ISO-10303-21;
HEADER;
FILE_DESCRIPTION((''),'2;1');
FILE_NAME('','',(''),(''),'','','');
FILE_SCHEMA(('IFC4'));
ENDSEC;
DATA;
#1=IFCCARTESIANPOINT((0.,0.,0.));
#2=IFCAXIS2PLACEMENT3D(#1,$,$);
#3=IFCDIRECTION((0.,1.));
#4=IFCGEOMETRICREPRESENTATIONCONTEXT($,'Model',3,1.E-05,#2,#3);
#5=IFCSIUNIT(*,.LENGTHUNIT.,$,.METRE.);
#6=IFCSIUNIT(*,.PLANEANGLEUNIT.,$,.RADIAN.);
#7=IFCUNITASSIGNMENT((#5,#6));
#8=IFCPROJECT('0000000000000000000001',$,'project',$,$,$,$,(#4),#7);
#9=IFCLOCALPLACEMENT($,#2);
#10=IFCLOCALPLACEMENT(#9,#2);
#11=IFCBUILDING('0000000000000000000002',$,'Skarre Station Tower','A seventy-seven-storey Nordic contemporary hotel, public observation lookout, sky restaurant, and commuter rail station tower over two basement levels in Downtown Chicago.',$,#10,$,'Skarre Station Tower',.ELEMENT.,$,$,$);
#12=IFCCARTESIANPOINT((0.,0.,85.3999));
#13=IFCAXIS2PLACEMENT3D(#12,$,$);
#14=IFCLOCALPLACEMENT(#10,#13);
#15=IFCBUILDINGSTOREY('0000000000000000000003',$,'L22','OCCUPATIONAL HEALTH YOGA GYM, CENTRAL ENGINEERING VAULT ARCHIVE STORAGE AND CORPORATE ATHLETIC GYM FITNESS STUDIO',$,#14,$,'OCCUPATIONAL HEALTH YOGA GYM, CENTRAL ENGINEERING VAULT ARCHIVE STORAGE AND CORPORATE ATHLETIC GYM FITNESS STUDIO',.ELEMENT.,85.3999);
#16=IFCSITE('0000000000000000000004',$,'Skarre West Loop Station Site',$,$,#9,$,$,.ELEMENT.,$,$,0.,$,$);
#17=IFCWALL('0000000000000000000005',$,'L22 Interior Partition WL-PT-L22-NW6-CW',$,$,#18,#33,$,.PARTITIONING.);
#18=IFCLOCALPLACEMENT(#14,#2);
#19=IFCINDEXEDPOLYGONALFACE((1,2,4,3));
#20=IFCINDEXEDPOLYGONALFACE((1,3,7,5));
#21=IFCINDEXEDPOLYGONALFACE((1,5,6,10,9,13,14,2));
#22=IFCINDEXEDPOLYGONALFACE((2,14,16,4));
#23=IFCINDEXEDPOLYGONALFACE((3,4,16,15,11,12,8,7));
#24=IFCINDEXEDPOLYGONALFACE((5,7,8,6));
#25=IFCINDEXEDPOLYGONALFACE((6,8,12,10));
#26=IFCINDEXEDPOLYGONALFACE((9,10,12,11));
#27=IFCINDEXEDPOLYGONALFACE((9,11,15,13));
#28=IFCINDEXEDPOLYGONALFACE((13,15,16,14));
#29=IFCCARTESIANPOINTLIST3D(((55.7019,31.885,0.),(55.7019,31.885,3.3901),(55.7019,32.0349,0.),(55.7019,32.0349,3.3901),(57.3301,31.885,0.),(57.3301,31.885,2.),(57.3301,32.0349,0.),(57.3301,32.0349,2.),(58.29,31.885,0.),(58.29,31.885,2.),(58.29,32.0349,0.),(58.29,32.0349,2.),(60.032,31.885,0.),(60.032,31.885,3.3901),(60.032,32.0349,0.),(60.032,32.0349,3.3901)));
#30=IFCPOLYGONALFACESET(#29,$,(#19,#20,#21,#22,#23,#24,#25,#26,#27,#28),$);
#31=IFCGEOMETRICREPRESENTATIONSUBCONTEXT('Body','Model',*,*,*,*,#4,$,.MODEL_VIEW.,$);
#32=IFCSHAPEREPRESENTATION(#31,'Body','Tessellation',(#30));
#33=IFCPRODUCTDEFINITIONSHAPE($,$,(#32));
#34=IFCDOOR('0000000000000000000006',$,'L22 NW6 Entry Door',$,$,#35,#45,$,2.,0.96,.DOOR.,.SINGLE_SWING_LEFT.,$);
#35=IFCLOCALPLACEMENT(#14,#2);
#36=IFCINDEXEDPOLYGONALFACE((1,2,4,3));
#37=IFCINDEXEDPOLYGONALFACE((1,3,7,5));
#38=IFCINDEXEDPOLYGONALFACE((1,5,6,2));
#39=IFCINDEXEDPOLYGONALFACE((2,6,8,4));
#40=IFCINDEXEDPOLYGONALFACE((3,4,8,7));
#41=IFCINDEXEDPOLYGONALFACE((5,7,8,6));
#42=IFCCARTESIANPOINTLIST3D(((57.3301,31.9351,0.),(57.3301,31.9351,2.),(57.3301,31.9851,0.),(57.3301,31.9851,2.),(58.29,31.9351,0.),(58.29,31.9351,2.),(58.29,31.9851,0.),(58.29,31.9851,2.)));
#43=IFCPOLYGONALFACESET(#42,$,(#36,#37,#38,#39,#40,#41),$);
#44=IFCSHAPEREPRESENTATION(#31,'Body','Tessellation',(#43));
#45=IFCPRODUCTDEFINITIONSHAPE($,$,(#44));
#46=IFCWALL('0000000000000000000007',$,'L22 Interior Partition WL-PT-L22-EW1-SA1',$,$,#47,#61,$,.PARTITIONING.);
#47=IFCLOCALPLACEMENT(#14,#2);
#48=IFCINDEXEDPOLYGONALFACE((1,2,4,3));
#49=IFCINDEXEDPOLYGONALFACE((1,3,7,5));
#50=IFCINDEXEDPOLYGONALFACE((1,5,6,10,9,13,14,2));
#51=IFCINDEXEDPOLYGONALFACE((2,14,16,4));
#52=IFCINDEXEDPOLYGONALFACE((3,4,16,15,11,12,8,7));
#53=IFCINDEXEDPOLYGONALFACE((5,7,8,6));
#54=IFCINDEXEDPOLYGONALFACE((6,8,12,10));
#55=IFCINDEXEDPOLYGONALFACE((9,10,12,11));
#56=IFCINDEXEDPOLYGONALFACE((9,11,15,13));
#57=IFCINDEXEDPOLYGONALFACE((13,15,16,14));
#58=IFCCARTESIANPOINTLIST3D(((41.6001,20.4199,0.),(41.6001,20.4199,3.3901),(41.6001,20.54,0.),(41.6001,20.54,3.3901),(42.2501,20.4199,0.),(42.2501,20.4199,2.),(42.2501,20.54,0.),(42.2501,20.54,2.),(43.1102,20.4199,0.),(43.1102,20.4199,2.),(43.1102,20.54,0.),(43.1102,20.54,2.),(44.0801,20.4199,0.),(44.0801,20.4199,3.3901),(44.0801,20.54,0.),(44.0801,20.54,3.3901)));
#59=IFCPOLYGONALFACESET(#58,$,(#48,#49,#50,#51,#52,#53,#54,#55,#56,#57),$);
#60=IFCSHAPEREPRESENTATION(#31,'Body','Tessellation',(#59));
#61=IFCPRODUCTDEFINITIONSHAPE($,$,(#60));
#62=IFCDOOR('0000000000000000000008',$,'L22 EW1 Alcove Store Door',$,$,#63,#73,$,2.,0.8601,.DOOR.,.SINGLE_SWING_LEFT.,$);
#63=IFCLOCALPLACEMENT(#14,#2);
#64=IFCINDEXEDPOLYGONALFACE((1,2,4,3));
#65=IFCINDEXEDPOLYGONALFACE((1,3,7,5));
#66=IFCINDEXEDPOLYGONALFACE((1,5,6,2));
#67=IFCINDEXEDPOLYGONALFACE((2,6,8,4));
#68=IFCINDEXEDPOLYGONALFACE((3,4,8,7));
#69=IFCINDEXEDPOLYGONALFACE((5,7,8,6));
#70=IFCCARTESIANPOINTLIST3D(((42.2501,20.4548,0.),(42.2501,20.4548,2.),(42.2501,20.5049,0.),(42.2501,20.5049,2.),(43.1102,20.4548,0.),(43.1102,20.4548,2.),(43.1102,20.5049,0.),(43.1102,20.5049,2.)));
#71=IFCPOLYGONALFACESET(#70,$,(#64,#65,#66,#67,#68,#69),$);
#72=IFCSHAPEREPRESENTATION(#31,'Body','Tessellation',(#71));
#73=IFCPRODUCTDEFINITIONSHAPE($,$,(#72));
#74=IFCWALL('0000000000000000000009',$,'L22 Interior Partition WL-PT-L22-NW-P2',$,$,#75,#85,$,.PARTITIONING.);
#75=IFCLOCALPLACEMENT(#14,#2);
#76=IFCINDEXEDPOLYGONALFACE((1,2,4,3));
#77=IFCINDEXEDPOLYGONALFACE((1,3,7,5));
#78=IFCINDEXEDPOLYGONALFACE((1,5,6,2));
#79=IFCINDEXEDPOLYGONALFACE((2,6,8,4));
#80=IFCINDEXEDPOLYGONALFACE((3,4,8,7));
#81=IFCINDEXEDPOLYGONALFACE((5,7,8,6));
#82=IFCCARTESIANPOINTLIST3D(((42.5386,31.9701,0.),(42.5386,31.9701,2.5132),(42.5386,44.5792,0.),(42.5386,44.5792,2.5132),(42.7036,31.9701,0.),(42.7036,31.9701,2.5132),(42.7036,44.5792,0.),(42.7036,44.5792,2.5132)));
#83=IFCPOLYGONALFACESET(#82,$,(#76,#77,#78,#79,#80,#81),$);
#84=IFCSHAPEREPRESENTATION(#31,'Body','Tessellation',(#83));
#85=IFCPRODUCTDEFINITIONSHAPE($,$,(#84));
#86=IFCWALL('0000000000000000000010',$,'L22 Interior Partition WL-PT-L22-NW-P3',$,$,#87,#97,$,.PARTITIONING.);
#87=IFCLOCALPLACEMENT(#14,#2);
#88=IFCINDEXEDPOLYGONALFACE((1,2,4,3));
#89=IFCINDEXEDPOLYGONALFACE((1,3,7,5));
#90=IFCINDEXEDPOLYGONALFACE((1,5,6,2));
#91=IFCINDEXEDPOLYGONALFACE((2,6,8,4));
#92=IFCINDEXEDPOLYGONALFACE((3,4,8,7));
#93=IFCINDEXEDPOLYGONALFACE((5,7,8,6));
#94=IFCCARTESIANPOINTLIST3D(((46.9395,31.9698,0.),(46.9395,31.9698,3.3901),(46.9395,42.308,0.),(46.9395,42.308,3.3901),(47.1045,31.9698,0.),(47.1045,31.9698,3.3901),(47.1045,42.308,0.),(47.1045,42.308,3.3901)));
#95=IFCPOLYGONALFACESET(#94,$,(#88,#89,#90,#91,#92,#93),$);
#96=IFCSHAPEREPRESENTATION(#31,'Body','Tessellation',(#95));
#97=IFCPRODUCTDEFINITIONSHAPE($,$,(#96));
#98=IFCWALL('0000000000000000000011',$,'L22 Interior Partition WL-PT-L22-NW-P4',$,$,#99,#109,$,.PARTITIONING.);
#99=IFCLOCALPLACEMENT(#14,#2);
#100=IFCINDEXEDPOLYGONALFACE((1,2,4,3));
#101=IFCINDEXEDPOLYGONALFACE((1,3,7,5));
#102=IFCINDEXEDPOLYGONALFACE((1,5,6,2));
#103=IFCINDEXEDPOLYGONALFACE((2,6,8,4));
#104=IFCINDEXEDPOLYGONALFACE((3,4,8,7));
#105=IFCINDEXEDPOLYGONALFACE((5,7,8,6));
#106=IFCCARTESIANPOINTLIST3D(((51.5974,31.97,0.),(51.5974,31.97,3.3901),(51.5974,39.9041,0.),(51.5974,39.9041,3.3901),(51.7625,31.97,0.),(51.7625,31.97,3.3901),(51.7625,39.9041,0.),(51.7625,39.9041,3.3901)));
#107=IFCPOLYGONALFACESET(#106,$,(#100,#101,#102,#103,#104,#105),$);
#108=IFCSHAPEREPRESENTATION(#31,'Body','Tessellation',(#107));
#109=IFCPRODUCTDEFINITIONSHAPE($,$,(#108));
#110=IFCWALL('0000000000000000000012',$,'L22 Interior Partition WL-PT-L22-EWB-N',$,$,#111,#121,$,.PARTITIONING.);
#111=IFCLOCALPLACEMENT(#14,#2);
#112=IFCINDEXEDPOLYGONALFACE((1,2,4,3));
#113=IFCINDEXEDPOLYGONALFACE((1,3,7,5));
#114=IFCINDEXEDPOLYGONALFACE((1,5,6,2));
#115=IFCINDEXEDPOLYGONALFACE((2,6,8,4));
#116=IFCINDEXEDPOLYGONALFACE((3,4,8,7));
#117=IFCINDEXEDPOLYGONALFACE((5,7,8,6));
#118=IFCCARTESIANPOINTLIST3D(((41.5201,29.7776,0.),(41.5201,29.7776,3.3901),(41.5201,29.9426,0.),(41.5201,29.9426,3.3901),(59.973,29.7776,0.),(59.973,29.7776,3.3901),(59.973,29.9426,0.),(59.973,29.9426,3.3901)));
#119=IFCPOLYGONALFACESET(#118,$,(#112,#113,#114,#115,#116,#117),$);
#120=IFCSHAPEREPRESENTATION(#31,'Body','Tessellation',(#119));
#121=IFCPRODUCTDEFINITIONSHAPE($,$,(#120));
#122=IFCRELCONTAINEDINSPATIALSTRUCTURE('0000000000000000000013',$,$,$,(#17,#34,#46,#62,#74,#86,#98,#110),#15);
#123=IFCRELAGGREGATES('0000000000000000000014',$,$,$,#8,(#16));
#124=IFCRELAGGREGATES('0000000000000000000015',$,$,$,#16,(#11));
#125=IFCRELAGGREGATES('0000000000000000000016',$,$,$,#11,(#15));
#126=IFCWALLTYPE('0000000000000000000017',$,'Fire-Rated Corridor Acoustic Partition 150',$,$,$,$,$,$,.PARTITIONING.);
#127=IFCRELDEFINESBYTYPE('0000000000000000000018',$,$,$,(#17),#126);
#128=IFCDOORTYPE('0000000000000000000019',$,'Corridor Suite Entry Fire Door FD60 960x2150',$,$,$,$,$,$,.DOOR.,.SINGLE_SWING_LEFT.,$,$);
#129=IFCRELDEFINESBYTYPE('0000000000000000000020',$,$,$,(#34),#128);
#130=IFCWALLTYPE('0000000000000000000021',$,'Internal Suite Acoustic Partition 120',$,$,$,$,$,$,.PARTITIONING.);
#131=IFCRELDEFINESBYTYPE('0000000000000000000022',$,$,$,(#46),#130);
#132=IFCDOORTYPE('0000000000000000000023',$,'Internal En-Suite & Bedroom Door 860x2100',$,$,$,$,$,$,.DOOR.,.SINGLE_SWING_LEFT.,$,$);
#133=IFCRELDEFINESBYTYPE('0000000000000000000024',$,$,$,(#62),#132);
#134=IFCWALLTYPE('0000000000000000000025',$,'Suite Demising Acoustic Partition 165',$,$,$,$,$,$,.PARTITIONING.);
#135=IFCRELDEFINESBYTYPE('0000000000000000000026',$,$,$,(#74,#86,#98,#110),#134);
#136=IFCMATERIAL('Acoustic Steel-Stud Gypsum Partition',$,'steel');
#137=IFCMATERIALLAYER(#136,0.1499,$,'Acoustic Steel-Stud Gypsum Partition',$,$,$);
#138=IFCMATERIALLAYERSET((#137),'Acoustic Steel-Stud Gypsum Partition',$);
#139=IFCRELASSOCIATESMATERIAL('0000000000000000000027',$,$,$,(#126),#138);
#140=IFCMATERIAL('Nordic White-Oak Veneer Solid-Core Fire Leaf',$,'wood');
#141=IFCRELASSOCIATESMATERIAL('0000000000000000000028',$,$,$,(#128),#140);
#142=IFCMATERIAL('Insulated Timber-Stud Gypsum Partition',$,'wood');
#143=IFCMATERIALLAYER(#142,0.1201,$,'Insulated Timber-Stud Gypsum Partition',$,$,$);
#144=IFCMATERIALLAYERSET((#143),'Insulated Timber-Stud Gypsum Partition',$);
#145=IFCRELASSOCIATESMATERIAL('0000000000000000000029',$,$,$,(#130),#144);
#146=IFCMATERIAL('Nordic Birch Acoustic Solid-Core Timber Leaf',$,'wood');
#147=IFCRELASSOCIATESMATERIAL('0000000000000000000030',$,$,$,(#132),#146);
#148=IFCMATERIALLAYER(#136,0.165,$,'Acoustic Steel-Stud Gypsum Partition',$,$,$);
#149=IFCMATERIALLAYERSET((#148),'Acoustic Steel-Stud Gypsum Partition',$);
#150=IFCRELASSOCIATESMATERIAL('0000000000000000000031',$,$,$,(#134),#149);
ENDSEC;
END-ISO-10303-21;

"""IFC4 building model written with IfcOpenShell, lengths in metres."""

from ifc_helpers import new_model, si_unit, direction, frame, frame_2d, origin, place, context, subcontext, project, spatial, rectangle, extrude, material, layer, layer_set, type_object, element, fill, save


model = new_model("IFC4")

# Units and contexts
model_context = context("Model", 3, precision=1e-05, world=origin(), true_north=direction((0.0, 1.0)))
body_context = subcontext(model_context, "Body", "Model", "MODEL_VIEW")
ifc_project = project(units=[si_unit("LENGTHUNIT", "METRE"), si_unit("PLANEANGLEUNIT", "RADIAN")], contexts=[model_context])

# Site, building, storey
site_placement = place(None, origin())
site = spatial("IfcSite", under=ifc_project, at=site_placement, Name="Skarre West Loop Station Site", CompositionType="ELEMENT", RefElevation=0.0)
building_placement = place(site_placement, origin())
building = spatial("IfcBuilding", under=site, at=building_placement, Name="Skarre Station Tower", Description="A seventy-seven-storey Nordic contemporary hotel, public observation lookout, sky restaurant, and commuter rail station tower over two basement levels in Downtown Chicago.", LongName="Skarre Station Tower", CompositionType="ELEMENT")
storey_placement = place(building_placement, frame((0.0, 0.0, 85.3999)))
storey = spatial("IfcBuildingStorey", under=building, at=storey_placement, Name="L22", Description="OCCUPATIONAL HEALTH YOGA GYM, CENTRAL ENGINEERING VAULT ARCHIVE STORAGE AND CORPORATE ATHLETIC GYM FITNESS STUDIO", LongName="OCCUPATIONAL HEALTH YOGA GYM, CENTRAL ENGINEERING VAULT ARCHIVE STORAGE AND CORPORATE ATHLETIC GYM FITNESS STUDIO", CompositionType="ELEMENT", Elevation=85.3999)

# Walls, openings, doors
ifc_material_1 = material(Name="Acoustic Steel-Stud Gypsum Partition", Category="steel")
ifc_layer_1 = layer(ifc_material_1, 0.1499, Name="Acoustic Steel-Stud Gypsum Partition")
ifc_layer_set_1 = layer_set([ifc_layer_1], Name="Acoustic Steel-Stud Gypsum Partition")
wall_type_1 = type_object("IfcWallType", Name="Fire-Rated Corridor Acoustic Partition 150", PredefinedType="PARTITIONING", material=ifc_layer_set_1)
ifc_material_2 = material(Name="Nordic White-Oak Veneer Solid-Core Fire Leaf", Category="wood")
door_type_1 = type_object("IfcDoorType", Name="Corridor Suite Entry Fire Door FD60 960x2150", OperationType="SINGLE_SWING_LEFT", PredefinedType="DOOR", material=ifc_material_2)
wall_1_placement = place(storey_placement, frame((60.032, 31.96, 0.0), z_axis=(0.0, 0.0, 1.0), x_axis=(-1.0, 0.0, 0.0)))
wall_1 = element("IfcWall", 1, at=wall_1_placement, inside=storey, type_object=wall_type_1, Name="L22 Interior Partition WL-PT-L22-NW6-CW", PredefinedType="PARTITIONING", context=body_context, shape_type="SweptSolid", body=[
    extrude(rectangle(XDim=4.3301, YDim=0.1499, at=frame_2d((2.165, 0.0))), origin(), (0.0, 0.0, 1.0), 3.3901),
])
opening_1_placement = place(wall_1_placement, frame((1.7419, 0.0, 0.0)))
opening_1 = element("IfcOpeningElement", 2, at=opening_1_placement, cuts=wall_1, PredefinedType="OPENING", context=body_context, shape_type="SweptSolid", body=[
    extrude(rectangle(XDim=0.96, YDim=2.0, at=frame_2d((0.48, 1.0))), frame((0.0, 0.085, 0.0), z_axis=(0.0, -1.0, 0.0), x_axis=(1.0, 0.0, 0.0)), (0.0, 0.0, 1.0), 0.1699),
])
door_1_placement = place(opening_1_placement, origin())
door_1 = element("IfcDoor", 3, at=door_1_placement, inside=storey, type_object=door_type_1, Name="L22 NW6 Entry Door", OperationType="SINGLE_SWING_LEFT", OverallHeight=2.0, OverallWidth=0.96, PredefinedType="DOOR", context=body_context, shape_type="SweptSolid", body=[
    extrude(rectangle(XDim=0.96, YDim=2.0, at=frame_2d((0.48, 1.0))), frame((0.0, 0.0249, 0.0), z_axis=(0.0, -1.0, 0.0), x_axis=(1.0, 0.0, 0.0)), (0.0, 0.0, 1.0), 0.05),
])
fill(opening_1, door_1)
ifc_material_3 = material(Name="Insulated Timber-Stud Gypsum Partition", Category="wood")
ifc_layer_2 = layer(ifc_material_3, 0.1201, Name="Insulated Timber-Stud Gypsum Partition")
ifc_layer_set_2 = layer_set([ifc_layer_2], Name="Insulated Timber-Stud Gypsum Partition")
wall_type_2 = type_object("IfcWallType", Name="Internal Suite Acoustic Partition 120", PredefinedType="PARTITIONING", material=ifc_layer_set_2)
wall_2_placement = place(storey_placement, frame((41.6001, 20.48, 0.0), z_axis=(0.0, 0.0, 1.0), x_axis=(1.0, 0.0, 0.0)))
wall_2 = element("IfcWall", 4, at=wall_2_placement, inside=storey, type_object=wall_type_2, Name="L22 Interior Partition WL-PT-L22-EW1-SA1", PredefinedType="PARTITIONING", context=body_context, shape_type="SweptSolid", body=[
    extrude(rectangle(XDim=2.48, YDim=0.1201, at=frame_2d((1.24, 0.0))), origin(), (0.0, 0.0, 1.0), 3.3901),
])
opening_2_placement = place(wall_2_placement, frame((0.6499, 0.0, 0.0)))
opening_2 = element("IfcOpeningElement", 5, at=opening_2_placement, cuts=wall_2, PredefinedType="OPENING", context=body_context, shape_type="SweptSolid", body=[
    extrude(rectangle(XDim=0.8601, YDim=2.0, at=frame_2d((0.4302, 1.0))), frame((0.0, 0.0701, 0.0), z_axis=(0.0, -1.0, 0.0), x_axis=(1.0, 0.0, 0.0)), (0.0, 0.0, 1.0), 0.1401),
])
ifc_material_4 = material(Name="Nordic Birch Acoustic Solid-Core Timber Leaf", Category="wood")
door_type_2 = type_object("IfcDoorType", Name="Internal En-Suite & Bedroom Door 860x2100", OperationType="SINGLE_SWING_LEFT", PredefinedType="DOOR", material=ifc_material_4)
door_2_placement = place(opening_2_placement, origin())
door_2 = element("IfcDoor", 6, at=door_2_placement, inside=storey, type_object=door_type_2, Name="L22 EW1 Alcove Store Door", OperationType="SINGLE_SWING_LEFT", OverallHeight=2.0, OverallWidth=0.8601, PredefinedType="DOOR", context=body_context, shape_type="SweptSolid", body=[
    extrude(rectangle(XDim=0.8601, YDim=2.0, at=frame_2d((0.4302, 1.0))), frame((0.0, 0.0249, 0.0), z_axis=(0.0, -1.0, 0.0), x_axis=(1.0, 0.0, 0.0)), (0.0, 0.0, 1.0), 0.05),
])
fill(opening_2, door_2)

# Walls
ifc_layer_3 = layer(ifc_material_1, 0.165, Name="Acoustic Steel-Stud Gypsum Partition")
ifc_layer_set_3 = layer_set([ifc_layer_3], Name="Acoustic Steel-Stud Gypsum Partition")
wall_type_3 = type_object("IfcWallType", Name="Suite Demising Acoustic Partition 165", PredefinedType="PARTITIONING", material=ifc_layer_set_3)
wall_3_placement = place(storey_placement, frame((42.6211, 31.97, 0.0), z_axis=(0.0, 0.0, 1.0), x_axis=(0.0, 1.0, 0.0)))
element("IfcWall", 7, at=wall_3_placement, inside=storey, type_object=wall_type_3, Name="L22 Interior Partition WL-PT-L22-NW-P2", PredefinedType="PARTITIONING", context=body_context, shape_type="SweptSolid", body=[
    extrude(rectangle(XDim=12.6091, YDim=0.165, at=frame_2d((6.3047, 0.0))), origin(), (0.0, 0.0, 1.0), 2.5132),
])
wall_4_placement = place(storey_placement, frame((47.022, 31.97, 0.0), z_axis=(0.0, 0.0, 1.0), x_axis=(0.0, 1.0, 0.0)))
element("IfcWall", 8, at=wall_4_placement, inside=storey, type_object=wall_type_3, Name="L22 Interior Partition WL-PT-L22-NW-P3", PredefinedType="PARTITIONING", context=body_context, shape_type="SweptSolid", body=[
    extrude(rectangle(XDim=10.3381, YDim=0.165, at=frame_2d((5.1689, 0.0))), origin(), (0.0, 0.0, 1.0), 3.3901),
])
wall_5_placement = place(storey_placement, frame((51.6799, 31.97, 0.0), z_axis=(0.0, 0.0, 1.0), x_axis=(0.0, 1.0, 0.0)))
element("IfcWall", 9, at=wall_5_placement, inside=storey, type_object=wall_type_3, Name="L22 Interior Partition WL-PT-L22-NW-P4", PredefinedType="PARTITIONING", context=body_context, shape_type="SweptSolid", body=[
    extrude(rectangle(XDim=7.9341, YDim=0.165, at=frame_2d((3.967, 0.0))), origin(), (0.0, 0.0, 1.0), 3.3901),
])
wall_6_placement = place(storey_placement, frame((41.52, 29.8601, 0.0), z_axis=(0.0, 0.0, 1.0), x_axis=(1.0, 0.0, 0.0)))
element("IfcWall", 10, at=wall_6_placement, inside=storey, type_object=wall_type_3, Name="L22 Interior Partition WL-PT-L22-EWB-N", PredefinedType="PARTITIONING", context=body_context, shape_type="SweptSolid", body=[
    extrude(rectangle(XDim=18.4529, YDim=0.165, at=frame_2d((9.2266, 0.0))), origin(), (0.0, 0.0, 1.0), 3.3901),
])

save(model, "model.ifc")
